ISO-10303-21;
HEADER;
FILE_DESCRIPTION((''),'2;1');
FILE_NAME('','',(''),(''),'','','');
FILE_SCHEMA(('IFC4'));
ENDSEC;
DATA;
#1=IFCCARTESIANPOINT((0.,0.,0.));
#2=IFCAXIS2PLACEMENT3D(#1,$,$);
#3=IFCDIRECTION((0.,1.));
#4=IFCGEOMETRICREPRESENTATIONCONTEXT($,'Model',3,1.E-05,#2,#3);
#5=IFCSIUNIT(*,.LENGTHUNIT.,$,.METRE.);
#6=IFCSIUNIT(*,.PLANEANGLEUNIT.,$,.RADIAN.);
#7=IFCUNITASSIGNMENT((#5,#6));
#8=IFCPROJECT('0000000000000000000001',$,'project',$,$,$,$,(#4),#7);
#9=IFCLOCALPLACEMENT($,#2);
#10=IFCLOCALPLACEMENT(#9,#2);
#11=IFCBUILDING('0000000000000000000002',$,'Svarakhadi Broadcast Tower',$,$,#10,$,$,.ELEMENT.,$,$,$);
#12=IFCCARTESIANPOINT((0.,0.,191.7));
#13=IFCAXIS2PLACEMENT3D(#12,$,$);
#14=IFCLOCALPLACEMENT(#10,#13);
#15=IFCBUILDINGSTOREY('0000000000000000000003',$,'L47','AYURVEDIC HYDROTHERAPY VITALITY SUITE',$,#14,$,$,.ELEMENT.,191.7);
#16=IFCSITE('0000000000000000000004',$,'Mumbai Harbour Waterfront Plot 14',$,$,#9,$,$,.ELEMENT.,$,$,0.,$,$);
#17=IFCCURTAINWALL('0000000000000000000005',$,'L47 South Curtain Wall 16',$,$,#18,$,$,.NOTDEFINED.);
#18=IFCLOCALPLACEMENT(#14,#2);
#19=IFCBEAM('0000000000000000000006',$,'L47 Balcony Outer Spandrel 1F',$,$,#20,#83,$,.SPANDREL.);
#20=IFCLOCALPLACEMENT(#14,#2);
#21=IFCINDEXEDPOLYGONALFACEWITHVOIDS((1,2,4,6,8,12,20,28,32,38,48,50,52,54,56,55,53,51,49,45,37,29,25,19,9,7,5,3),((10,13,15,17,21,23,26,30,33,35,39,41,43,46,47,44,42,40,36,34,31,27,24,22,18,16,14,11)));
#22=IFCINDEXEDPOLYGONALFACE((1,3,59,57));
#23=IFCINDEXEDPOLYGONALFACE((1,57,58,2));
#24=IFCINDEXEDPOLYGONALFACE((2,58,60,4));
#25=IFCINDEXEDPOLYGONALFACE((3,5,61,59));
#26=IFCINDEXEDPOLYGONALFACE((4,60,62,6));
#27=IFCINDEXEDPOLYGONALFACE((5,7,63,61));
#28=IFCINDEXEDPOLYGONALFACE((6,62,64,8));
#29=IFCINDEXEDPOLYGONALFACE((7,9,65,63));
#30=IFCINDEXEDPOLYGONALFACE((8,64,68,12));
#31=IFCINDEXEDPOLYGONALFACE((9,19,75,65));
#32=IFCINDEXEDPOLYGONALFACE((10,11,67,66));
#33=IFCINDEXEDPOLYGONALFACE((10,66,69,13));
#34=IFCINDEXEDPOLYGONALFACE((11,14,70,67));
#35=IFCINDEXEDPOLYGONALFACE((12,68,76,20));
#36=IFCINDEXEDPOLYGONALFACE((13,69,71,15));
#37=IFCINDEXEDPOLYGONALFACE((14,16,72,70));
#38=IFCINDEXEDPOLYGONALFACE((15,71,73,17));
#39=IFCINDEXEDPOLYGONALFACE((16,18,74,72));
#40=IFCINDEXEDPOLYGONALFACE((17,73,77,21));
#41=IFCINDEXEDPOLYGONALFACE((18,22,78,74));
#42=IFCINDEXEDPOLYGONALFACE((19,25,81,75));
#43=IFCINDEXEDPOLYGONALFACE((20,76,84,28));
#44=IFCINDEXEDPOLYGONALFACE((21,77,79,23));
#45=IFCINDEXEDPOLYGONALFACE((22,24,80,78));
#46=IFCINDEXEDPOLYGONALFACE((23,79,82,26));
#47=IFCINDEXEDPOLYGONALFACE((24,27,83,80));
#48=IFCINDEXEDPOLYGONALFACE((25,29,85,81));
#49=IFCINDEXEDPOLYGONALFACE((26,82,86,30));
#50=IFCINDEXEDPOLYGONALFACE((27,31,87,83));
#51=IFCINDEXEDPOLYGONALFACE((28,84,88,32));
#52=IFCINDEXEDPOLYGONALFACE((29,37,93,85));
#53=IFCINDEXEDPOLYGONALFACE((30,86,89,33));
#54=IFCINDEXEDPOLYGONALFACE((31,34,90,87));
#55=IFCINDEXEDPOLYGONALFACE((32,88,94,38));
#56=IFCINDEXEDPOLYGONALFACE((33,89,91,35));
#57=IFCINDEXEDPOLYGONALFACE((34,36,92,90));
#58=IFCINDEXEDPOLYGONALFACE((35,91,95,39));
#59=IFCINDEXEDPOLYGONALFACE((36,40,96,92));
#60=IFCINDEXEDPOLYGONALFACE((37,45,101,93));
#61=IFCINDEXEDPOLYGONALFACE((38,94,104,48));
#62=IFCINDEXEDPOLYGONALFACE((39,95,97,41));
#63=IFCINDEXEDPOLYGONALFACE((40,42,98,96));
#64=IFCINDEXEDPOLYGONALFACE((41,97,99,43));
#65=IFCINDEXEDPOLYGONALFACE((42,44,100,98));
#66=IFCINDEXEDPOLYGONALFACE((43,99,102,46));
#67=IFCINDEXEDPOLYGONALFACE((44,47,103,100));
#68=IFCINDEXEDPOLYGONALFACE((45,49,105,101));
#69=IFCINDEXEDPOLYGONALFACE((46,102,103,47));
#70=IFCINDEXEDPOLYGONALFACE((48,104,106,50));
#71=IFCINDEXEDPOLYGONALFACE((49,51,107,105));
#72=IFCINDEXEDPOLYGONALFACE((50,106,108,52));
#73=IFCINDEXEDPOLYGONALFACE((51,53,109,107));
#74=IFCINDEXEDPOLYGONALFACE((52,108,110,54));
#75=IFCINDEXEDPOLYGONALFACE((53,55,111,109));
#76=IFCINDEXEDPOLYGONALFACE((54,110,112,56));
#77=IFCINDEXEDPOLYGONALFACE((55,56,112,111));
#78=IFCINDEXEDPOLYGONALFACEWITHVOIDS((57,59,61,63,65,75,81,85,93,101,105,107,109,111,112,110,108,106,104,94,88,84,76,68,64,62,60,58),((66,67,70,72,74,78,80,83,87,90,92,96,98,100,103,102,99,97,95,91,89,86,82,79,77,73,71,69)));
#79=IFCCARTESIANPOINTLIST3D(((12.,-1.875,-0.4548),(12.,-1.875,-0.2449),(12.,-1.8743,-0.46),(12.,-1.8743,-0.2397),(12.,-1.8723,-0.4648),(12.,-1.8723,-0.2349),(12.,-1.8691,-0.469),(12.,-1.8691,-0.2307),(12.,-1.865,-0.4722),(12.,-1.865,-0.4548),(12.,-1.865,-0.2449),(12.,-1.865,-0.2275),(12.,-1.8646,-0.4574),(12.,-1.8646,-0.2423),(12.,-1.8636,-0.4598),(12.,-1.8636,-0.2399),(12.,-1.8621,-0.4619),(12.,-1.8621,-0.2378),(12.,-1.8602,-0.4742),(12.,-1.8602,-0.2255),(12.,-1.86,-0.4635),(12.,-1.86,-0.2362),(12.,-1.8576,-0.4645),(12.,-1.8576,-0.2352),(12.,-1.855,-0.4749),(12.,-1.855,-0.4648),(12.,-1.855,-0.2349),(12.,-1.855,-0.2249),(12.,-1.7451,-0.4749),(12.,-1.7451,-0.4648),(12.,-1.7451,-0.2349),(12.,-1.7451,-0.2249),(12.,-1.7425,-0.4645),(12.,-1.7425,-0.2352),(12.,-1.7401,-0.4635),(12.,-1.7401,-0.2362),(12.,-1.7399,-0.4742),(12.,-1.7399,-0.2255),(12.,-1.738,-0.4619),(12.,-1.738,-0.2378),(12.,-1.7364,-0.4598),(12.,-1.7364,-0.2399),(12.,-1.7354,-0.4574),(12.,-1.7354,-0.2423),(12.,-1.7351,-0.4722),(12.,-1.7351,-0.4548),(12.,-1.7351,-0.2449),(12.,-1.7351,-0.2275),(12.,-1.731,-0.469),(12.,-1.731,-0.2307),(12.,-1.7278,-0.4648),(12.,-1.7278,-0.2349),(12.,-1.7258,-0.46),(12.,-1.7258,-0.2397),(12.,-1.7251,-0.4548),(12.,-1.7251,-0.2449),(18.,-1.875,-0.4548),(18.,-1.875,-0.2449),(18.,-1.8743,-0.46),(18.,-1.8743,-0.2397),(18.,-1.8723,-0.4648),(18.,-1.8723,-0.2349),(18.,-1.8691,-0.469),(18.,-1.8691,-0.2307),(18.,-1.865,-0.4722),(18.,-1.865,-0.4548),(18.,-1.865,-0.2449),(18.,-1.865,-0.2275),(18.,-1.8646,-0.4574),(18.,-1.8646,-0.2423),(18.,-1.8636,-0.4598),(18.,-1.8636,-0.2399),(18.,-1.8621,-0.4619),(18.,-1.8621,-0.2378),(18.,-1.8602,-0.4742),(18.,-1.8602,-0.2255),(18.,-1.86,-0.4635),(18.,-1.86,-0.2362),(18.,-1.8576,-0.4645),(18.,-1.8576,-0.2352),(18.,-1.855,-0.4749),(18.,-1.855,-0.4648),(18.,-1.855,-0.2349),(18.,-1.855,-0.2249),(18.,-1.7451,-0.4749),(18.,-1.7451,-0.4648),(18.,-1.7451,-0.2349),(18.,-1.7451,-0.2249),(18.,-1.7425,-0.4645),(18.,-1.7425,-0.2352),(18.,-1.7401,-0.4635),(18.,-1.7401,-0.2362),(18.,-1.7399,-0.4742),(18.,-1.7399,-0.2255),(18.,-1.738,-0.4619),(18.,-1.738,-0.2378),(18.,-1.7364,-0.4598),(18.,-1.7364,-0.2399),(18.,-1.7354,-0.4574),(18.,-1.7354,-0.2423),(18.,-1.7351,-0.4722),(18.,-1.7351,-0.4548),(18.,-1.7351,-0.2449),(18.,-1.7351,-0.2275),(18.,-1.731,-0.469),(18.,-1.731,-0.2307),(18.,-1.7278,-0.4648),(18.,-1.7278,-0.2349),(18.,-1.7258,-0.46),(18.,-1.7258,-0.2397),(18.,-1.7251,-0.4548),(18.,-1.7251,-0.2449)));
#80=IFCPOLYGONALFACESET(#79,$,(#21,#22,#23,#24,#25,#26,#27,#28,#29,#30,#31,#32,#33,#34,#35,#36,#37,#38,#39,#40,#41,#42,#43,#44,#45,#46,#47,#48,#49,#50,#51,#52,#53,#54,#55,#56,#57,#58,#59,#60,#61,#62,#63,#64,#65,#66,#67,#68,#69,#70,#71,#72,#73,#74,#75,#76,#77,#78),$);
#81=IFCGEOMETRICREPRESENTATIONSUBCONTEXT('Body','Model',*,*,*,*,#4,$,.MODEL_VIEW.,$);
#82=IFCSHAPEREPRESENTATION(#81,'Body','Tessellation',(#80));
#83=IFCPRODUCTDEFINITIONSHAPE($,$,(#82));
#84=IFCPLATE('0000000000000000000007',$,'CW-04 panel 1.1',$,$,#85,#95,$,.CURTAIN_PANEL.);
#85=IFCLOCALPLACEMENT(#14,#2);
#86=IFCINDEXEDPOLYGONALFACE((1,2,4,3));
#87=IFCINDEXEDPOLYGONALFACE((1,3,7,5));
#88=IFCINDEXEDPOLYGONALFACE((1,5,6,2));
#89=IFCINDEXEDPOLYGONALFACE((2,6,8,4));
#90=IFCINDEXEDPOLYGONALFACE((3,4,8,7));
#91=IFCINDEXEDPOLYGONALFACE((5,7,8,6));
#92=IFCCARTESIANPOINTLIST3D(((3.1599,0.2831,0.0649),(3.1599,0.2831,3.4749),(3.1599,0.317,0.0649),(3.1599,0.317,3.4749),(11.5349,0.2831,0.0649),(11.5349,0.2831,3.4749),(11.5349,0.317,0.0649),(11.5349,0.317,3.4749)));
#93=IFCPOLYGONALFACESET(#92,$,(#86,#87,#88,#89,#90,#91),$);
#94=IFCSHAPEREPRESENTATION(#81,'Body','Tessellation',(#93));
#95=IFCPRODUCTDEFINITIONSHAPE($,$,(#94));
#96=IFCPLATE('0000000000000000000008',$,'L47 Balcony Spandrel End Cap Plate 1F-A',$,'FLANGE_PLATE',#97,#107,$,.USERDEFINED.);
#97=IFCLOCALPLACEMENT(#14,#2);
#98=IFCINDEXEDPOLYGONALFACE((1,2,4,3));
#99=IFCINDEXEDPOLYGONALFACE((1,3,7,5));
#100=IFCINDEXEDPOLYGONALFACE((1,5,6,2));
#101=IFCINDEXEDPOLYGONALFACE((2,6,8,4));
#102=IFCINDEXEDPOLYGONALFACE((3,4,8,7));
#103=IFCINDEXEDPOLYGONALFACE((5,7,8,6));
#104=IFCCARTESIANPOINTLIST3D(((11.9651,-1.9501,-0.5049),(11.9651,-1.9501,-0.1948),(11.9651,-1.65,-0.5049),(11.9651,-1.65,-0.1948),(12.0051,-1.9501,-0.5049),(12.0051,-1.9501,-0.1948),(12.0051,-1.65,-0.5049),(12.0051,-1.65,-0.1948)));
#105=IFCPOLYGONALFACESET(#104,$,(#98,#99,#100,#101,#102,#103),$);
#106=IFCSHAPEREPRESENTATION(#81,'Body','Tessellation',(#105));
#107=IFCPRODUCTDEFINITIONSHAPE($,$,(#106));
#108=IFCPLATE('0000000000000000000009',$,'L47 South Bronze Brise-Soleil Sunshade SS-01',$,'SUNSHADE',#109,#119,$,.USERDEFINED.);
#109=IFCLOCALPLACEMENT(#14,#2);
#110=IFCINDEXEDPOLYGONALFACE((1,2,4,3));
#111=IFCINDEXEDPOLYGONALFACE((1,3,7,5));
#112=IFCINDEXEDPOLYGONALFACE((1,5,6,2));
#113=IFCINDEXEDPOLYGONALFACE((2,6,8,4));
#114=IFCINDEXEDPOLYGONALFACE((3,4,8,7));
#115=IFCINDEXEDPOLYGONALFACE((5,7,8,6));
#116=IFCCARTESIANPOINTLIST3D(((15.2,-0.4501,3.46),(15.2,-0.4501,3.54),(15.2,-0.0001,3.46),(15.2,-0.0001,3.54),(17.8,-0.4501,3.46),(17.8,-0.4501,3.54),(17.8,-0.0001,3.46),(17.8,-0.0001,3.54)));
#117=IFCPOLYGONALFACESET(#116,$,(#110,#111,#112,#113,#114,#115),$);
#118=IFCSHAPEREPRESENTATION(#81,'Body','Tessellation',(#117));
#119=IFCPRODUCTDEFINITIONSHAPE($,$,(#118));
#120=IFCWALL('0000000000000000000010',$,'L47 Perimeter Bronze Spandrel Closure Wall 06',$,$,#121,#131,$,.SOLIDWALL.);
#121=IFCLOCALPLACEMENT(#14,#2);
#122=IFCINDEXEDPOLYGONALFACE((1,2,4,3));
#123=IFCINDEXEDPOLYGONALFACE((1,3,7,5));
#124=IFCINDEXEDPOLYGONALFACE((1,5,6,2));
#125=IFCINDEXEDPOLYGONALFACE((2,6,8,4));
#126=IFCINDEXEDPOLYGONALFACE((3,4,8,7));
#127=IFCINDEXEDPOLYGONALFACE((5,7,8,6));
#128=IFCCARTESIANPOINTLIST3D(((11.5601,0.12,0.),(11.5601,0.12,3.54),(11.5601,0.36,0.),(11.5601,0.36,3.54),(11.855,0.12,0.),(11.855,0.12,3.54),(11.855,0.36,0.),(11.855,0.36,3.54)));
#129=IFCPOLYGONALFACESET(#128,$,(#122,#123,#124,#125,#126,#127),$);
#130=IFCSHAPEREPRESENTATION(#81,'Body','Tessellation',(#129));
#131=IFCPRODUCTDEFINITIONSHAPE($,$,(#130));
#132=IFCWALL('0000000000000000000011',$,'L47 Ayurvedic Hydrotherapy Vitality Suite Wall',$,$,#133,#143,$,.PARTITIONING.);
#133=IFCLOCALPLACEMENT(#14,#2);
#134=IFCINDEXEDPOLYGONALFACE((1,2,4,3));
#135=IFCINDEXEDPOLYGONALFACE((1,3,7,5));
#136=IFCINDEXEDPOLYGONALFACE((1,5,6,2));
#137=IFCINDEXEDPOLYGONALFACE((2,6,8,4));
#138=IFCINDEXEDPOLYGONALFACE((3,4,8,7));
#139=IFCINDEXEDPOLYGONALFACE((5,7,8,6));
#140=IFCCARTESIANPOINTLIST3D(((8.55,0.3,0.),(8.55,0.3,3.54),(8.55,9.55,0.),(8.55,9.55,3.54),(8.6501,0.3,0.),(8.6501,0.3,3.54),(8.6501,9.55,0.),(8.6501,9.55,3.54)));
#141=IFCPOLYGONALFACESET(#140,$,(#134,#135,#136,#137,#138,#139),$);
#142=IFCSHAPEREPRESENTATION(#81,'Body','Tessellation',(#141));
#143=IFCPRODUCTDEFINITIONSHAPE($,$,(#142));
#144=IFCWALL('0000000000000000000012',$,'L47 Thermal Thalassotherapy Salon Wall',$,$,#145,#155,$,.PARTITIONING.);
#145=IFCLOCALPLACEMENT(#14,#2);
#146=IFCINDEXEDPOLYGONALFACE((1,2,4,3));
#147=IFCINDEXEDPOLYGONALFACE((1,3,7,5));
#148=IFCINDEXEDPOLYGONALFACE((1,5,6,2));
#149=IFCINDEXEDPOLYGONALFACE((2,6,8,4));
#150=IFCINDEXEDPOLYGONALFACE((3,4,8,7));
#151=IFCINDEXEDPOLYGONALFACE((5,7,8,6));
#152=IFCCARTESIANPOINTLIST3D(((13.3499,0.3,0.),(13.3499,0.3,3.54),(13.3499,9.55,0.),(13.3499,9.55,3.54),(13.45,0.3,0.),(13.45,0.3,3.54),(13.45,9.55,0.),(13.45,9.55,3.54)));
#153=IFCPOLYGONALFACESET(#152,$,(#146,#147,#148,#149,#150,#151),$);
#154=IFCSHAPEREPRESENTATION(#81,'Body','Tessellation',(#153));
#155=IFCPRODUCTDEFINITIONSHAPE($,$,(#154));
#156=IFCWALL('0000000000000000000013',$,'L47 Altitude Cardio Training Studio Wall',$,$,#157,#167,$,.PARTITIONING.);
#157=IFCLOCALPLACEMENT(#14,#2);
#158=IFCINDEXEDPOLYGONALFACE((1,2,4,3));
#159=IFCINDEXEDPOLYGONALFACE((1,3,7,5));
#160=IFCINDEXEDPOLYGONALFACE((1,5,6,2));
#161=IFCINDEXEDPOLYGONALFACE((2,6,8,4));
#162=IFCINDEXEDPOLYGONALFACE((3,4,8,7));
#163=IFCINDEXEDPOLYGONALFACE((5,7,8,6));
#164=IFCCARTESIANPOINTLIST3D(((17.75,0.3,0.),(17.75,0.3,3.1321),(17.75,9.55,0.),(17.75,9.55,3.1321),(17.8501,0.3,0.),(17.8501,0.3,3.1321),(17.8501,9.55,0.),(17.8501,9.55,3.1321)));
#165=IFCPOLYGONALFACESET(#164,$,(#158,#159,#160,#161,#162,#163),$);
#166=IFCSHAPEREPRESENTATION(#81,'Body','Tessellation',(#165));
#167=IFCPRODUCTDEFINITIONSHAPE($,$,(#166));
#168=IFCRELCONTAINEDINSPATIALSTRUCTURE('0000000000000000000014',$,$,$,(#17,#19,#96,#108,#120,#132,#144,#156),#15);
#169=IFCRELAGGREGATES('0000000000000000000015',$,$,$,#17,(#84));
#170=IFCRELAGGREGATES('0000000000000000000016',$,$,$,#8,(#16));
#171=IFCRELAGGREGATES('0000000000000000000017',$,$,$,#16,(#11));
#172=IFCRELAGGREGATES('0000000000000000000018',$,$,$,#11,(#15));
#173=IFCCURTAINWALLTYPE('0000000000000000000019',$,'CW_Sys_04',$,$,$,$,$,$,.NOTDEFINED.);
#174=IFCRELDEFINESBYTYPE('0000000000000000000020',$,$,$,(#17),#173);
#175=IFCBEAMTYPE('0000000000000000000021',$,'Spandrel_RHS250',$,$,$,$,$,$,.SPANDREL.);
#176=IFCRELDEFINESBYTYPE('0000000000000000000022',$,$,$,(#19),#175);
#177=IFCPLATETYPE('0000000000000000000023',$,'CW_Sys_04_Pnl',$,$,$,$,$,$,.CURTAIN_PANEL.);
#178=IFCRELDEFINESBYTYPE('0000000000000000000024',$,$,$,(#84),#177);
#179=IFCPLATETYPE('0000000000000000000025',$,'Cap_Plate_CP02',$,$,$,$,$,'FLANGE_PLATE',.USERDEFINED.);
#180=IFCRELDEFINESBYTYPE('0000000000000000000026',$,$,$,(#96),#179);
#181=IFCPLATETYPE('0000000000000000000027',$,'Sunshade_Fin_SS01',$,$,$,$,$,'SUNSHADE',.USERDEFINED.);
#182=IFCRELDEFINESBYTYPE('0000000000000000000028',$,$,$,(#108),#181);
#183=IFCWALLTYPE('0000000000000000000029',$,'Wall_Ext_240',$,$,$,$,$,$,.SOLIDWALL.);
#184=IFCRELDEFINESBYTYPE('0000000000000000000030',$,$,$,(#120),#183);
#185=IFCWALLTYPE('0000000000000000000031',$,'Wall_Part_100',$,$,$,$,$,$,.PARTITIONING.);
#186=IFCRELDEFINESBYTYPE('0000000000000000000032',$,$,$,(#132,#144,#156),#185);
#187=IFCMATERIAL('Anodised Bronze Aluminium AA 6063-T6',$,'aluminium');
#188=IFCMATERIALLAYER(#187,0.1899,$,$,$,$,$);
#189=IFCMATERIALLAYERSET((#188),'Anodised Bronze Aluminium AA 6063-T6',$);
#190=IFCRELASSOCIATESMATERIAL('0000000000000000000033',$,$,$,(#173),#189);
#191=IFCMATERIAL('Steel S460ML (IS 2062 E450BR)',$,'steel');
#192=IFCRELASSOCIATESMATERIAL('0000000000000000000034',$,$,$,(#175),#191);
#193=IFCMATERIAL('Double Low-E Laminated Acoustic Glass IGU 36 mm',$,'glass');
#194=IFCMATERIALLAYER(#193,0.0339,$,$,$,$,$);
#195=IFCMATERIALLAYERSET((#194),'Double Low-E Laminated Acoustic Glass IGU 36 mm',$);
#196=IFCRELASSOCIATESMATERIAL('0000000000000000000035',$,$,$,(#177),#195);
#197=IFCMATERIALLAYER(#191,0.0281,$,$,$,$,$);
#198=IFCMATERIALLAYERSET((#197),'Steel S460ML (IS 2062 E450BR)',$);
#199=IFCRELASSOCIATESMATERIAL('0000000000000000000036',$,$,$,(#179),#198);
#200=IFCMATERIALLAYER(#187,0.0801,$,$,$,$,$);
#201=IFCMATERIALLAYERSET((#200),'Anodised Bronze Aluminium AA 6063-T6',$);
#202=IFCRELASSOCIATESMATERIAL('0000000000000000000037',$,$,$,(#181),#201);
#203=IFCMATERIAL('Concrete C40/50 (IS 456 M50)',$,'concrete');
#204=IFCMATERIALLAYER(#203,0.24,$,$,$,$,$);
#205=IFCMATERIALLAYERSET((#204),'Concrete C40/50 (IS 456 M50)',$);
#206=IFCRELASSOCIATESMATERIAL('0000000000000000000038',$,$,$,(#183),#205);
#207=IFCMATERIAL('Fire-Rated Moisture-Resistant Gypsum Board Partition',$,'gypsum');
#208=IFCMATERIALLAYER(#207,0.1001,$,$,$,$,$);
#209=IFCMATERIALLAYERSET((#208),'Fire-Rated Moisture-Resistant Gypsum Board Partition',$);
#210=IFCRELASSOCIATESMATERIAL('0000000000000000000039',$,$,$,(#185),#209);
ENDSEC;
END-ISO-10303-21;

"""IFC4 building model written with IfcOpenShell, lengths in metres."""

from ifc_helpers import new_model, si_unit, direction, frame, frame_2d, origin, origin_2d, place, context, subcontext, project, spatial, rectangle, hollow_rectangle, extrude, material, layer, layer_set, material_profile, profile_set, type_object, element, aggregate, save


model = new_model("IFC4")

# Units and contexts
model_context = context("Model", 3, precision=1e-05, world=origin(), true_north=direction((0.0, 1.0)))
body_context = subcontext(model_context, "Body", "Model", "MODEL_VIEW")
ifc_project = project(units=[si_unit("LENGTHUNIT", "METRE"), si_unit("PLANEANGLEUNIT", "RADIAN")], contexts=[model_context])

# Site, building, storey
site_placement = place(None, origin())
site = spatial("IfcSite", under=ifc_project, at=site_placement, Name="Mumbai Harbour Waterfront Plot 14", CompositionType="ELEMENT", RefElevation=0.0)
building_placement = place(site_placement, origin())
building = spatial("IfcBuilding", under=site, at=building_placement, Name="Svarakhadi Broadcast Tower", CompositionType="ELEMENT")
storey_placement = place(building_placement, frame((0.0, 0.0, 191.7)))
storey = spatial("IfcBuildingStorey", under=building, at=storey_placement, Name="L47", Description="AYURVEDIC HYDROTHERAPY VITALITY SUITE", CompositionType="ELEMENT", Elevation=191.7)

# Shared definitions
ifc_material_1 = material(Name="Steel S460ML (IS 2062 E450BR)", Category="steel")

# Curtain wall
ifc_material_2 = material(Name="Anodised Bronze Aluminium AA 6063-T6", Category="aluminium")
ifc_layer_1 = layer(ifc_material_2, 0.1899)
ifc_layer_set_1 = layer_set([ifc_layer_1], Name="Anodised Bronze Aluminium AA 6063-T6")
curtain_wall_type = type_object("IfcCurtainWallType", Name="CW_Sys_04", PredefinedType="NOTDEFINED", material=ifc_layer_set_1)
curtain_wall_placement = place(storey_placement, origin())
curtain_wall = element("IfcCurtainWall", 1, at=curtain_wall_placement, inside=storey, type_object=curtain_wall_type, Name="L47 South Curtain Wall 16", PredefinedType="NOTDEFINED")

# Beam
ifc_material_profile_1 = material_profile(ifc_material_1, hollow_rectangle(XDim=0.1499, YDim=0.25, WallThickness=0.01, InnerFilletRadius=0.01, OuterFilletRadius=0.02, at=origin_2d()), Name="RHS 250x150x10")
ifc_profile_set_1 = profile_set([ifc_material_profile_1], Name="Steel S460ML (IS 2062 E450BR)")
beam_type_1 = type_object("IfcBeamType", Name="Spandrel_RHS250", PredefinedType="SPANDREL", material=ifc_profile_set_1)
beam_1_placement = place(storey_placement, frame((12.0, -1.8, -0.3499), z_axis=(1.0, 0.0, 0.0), x_axis=(0.0, 1.0, 0.0)))
element("IfcBeam", 2, at=beam_1_placement, inside=storey, type_object=beam_type_1, Name="L47 Balcony Outer Spandrel 1F", PredefinedType="SPANDREL", context=body_context, shape_type="SweptSolid", body=[
    extrude(hollow_rectangle(XDim=0.1499, YDim=0.25, WallThickness=0.01, InnerFilletRadius=0.01, OuterFilletRadius=0.02, at=origin_2d()), origin(), (0.0, 0.0, 1.0), 6.0),
])

# Plate
ifc_material_3 = material(Name="Double Low-E Laminated Acoustic Glass IGU 36 mm", Category="glass")
ifc_layer_2 = layer(ifc_material_3, 0.0339)
ifc_layer_set_2 = layer_set([ifc_layer_2], Name="Double Low-E Laminated Acoustic Glass IGU 36 mm")
plate_type_1 = type_object("IfcPlateType", Name="CW_Sys_04_Pnl", PredefinedType="CURTAIN_PANEL", material=ifc_layer_set_2)
plate_1_placement = place(storey_placement, frame((7.3474, 0.3, 0.0649), z_axis=(0.0, 0.0, 1.0), x_axis=(-1.0, 0.0, 0.0)))
plate_1 = element("IfcPlate", 3, at=plate_1_placement, type_object=plate_type_1, Name="CW-04 panel 1.1", PredefinedType="CURTAIN_PANEL", context=body_context, shape_type="SweptSolid", body=[
    extrude(rectangle(XDim=8.375, YDim=0.0339, at=origin_2d()), origin(), (0.0, 0.0, 1.0), 3.4099),
])
aggregate(curtain_wall, [plate_1])

# Plates
ifc_layer_3 = layer(ifc_material_1, 0.0281)
ifc_layer_set_3 = layer_set([ifc_layer_3], Name="Steel S460ML (IS 2062 E450BR)")
plate_type_2 = type_object("IfcPlateType", Name="Cap_Plate_CP02", ElementType="FLANGE_PLATE", PredefinedType="USERDEFINED", material=ifc_layer_set_3)
plate_2_placement = place(storey_placement, frame((11.9851, -1.8, -0.5049), z_axis=(0.0, 0.0, 1.0), x_axis=(1.0, 0.0, 0.0)))
element("IfcPlate", 4, at=plate_2_placement, inside=storey, type_object=plate_type_2, Name="L47 Balcony Spandrel End Cap Plate 1F-A", ObjectType="FLANGE_PLATE", PredefinedType="USERDEFINED", context=body_context, shape_type="SweptSolid", body=[
    extrude(rectangle(XDim=0.04, YDim=0.3, at=origin_2d()), origin(), (0.0, 0.0, 1.0), 0.3101),
])
ifc_layer_4 = layer(ifc_material_2, 0.0801)
ifc_layer_set_4 = layer_set([ifc_layer_4], Name="Anodised Bronze Aluminium AA 6063-T6")
plate_type_3 = type_object("IfcPlateType", Name="Sunshade_Fin_SS01", ElementType="SUNSHADE", PredefinedType="USERDEFINED", material=ifc_layer_set_4)
plate_3_placement = place(storey_placement, frame((16.5, -0.2251, 3.46), z_axis=(0.0, 0.0, 1.0), x_axis=(1.0, 0.0, 0.0)))
element("IfcPlate", 5, at=plate_3_placement, inside=storey, type_object=plate_type_3, Name="L47 South Bronze Brise-Soleil Sunshade SS-01", ObjectType="SUNSHADE", PredefinedType="USERDEFINED", context=body_context, shape_type="SweptSolid", body=[
    extrude(rectangle(XDim=2.6001, YDim=0.45, at=origin_2d()), origin(), (0.0, 0.0, 1.0), 0.0801),
])

# Walls
ifc_material_4 = material(Name="Concrete C40/50 (IS 456 M50)", Category="concrete")
ifc_layer_5 = layer(ifc_material_4, 0.24)
ifc_layer_set_5 = layer_set([ifc_layer_5], Name="Concrete C40/50 (IS 456 M50)")
wall_type_1 = type_object("IfcWallType", Name="Wall_Ext_240", PredefinedType="SOLIDWALL", material=ifc_layer_set_5)
wall_1_placement = place(storey_placement, frame((11.855, 0.24, 0.0), z_axis=(0.0, 0.0, 1.0), x_axis=(-1.0, 0.0, 0.0)))
element("IfcWall", 6, at=wall_1_placement, inside=storey, type_object=wall_type_1, Name="L47 Perimeter Bronze Spandrel Closure Wall 06", PredefinedType="SOLIDWALL", context=body_context, shape_type="SweptSolid", body=[
    extrude(rectangle(XDim=0.2949, YDim=0.24, at=frame_2d((0.1475, 0.0))), origin(), (0.0, 0.0, 1.0), 3.54),
])
ifc_material_5 = material(Name="Fire-Rated Moisture-Resistant Gypsum Board Partition", Category="gypsum")
ifc_layer_6 = layer(ifc_material_5, 0.1001)
ifc_layer_set_6 = layer_set([ifc_layer_6], Name="Fire-Rated Moisture-Resistant Gypsum Board Partition")
wall_type_2 = type_object("IfcWallType", Name="Wall_Part_100", PredefinedType="PARTITIONING", material=ifc_layer_set_6)
for number, where, z_axis, x_axis, name in (
    (7, (8.6001, 0.3, 0.0), (0.0, 0.0, 1.0), (0.0, 1.0, 0.0), "L47 Ayurvedic Hydrotherapy Vitality Suite Wall"),
    (8, (13.3999, 0.3, 0.0), (0.0, 0.0, 1.0), (0.0, 1.0, 0.0), "L47 Thermal Thalassotherapy Salon Wall"),
):
    element("IfcWall", number, at=place(storey_placement, frame(where, z_axis=z_axis, x_axis=x_axis)), inside=storey, type_object=wall_type_2, Name=name, PredefinedType="PARTITIONING", context=body_context, shape_type="SweptSolid", body=[
        extrude(rectangle(XDim=9.25, YDim=0.1001, at=frame_2d((4.625, 0.0))), origin(), (0.0, 0.0, 1.0), 3.54),
    ])
wall_2_placement = place(storey_placement, frame((17.8, 0.3, 0.0), z_axis=(0.0, 0.0, 1.0), x_axis=(0.0, 1.0, 0.0)))
element("IfcWall", 9, at=wall_2_placement, inside=storey, type_object=wall_type_2, Name="L47 Altitude Cardio Training Studio Wall", PredefinedType="PARTITIONING", context=body_context, shape_type="SweptSolid", body=[
    extrude(rectangle(XDim=9.25, YDim=0.1001, at=frame_2d((4.625, 0.0))), origin(), (0.0, 0.0, 1.0), 3.1321),
])

save(model, "model.ifc")
